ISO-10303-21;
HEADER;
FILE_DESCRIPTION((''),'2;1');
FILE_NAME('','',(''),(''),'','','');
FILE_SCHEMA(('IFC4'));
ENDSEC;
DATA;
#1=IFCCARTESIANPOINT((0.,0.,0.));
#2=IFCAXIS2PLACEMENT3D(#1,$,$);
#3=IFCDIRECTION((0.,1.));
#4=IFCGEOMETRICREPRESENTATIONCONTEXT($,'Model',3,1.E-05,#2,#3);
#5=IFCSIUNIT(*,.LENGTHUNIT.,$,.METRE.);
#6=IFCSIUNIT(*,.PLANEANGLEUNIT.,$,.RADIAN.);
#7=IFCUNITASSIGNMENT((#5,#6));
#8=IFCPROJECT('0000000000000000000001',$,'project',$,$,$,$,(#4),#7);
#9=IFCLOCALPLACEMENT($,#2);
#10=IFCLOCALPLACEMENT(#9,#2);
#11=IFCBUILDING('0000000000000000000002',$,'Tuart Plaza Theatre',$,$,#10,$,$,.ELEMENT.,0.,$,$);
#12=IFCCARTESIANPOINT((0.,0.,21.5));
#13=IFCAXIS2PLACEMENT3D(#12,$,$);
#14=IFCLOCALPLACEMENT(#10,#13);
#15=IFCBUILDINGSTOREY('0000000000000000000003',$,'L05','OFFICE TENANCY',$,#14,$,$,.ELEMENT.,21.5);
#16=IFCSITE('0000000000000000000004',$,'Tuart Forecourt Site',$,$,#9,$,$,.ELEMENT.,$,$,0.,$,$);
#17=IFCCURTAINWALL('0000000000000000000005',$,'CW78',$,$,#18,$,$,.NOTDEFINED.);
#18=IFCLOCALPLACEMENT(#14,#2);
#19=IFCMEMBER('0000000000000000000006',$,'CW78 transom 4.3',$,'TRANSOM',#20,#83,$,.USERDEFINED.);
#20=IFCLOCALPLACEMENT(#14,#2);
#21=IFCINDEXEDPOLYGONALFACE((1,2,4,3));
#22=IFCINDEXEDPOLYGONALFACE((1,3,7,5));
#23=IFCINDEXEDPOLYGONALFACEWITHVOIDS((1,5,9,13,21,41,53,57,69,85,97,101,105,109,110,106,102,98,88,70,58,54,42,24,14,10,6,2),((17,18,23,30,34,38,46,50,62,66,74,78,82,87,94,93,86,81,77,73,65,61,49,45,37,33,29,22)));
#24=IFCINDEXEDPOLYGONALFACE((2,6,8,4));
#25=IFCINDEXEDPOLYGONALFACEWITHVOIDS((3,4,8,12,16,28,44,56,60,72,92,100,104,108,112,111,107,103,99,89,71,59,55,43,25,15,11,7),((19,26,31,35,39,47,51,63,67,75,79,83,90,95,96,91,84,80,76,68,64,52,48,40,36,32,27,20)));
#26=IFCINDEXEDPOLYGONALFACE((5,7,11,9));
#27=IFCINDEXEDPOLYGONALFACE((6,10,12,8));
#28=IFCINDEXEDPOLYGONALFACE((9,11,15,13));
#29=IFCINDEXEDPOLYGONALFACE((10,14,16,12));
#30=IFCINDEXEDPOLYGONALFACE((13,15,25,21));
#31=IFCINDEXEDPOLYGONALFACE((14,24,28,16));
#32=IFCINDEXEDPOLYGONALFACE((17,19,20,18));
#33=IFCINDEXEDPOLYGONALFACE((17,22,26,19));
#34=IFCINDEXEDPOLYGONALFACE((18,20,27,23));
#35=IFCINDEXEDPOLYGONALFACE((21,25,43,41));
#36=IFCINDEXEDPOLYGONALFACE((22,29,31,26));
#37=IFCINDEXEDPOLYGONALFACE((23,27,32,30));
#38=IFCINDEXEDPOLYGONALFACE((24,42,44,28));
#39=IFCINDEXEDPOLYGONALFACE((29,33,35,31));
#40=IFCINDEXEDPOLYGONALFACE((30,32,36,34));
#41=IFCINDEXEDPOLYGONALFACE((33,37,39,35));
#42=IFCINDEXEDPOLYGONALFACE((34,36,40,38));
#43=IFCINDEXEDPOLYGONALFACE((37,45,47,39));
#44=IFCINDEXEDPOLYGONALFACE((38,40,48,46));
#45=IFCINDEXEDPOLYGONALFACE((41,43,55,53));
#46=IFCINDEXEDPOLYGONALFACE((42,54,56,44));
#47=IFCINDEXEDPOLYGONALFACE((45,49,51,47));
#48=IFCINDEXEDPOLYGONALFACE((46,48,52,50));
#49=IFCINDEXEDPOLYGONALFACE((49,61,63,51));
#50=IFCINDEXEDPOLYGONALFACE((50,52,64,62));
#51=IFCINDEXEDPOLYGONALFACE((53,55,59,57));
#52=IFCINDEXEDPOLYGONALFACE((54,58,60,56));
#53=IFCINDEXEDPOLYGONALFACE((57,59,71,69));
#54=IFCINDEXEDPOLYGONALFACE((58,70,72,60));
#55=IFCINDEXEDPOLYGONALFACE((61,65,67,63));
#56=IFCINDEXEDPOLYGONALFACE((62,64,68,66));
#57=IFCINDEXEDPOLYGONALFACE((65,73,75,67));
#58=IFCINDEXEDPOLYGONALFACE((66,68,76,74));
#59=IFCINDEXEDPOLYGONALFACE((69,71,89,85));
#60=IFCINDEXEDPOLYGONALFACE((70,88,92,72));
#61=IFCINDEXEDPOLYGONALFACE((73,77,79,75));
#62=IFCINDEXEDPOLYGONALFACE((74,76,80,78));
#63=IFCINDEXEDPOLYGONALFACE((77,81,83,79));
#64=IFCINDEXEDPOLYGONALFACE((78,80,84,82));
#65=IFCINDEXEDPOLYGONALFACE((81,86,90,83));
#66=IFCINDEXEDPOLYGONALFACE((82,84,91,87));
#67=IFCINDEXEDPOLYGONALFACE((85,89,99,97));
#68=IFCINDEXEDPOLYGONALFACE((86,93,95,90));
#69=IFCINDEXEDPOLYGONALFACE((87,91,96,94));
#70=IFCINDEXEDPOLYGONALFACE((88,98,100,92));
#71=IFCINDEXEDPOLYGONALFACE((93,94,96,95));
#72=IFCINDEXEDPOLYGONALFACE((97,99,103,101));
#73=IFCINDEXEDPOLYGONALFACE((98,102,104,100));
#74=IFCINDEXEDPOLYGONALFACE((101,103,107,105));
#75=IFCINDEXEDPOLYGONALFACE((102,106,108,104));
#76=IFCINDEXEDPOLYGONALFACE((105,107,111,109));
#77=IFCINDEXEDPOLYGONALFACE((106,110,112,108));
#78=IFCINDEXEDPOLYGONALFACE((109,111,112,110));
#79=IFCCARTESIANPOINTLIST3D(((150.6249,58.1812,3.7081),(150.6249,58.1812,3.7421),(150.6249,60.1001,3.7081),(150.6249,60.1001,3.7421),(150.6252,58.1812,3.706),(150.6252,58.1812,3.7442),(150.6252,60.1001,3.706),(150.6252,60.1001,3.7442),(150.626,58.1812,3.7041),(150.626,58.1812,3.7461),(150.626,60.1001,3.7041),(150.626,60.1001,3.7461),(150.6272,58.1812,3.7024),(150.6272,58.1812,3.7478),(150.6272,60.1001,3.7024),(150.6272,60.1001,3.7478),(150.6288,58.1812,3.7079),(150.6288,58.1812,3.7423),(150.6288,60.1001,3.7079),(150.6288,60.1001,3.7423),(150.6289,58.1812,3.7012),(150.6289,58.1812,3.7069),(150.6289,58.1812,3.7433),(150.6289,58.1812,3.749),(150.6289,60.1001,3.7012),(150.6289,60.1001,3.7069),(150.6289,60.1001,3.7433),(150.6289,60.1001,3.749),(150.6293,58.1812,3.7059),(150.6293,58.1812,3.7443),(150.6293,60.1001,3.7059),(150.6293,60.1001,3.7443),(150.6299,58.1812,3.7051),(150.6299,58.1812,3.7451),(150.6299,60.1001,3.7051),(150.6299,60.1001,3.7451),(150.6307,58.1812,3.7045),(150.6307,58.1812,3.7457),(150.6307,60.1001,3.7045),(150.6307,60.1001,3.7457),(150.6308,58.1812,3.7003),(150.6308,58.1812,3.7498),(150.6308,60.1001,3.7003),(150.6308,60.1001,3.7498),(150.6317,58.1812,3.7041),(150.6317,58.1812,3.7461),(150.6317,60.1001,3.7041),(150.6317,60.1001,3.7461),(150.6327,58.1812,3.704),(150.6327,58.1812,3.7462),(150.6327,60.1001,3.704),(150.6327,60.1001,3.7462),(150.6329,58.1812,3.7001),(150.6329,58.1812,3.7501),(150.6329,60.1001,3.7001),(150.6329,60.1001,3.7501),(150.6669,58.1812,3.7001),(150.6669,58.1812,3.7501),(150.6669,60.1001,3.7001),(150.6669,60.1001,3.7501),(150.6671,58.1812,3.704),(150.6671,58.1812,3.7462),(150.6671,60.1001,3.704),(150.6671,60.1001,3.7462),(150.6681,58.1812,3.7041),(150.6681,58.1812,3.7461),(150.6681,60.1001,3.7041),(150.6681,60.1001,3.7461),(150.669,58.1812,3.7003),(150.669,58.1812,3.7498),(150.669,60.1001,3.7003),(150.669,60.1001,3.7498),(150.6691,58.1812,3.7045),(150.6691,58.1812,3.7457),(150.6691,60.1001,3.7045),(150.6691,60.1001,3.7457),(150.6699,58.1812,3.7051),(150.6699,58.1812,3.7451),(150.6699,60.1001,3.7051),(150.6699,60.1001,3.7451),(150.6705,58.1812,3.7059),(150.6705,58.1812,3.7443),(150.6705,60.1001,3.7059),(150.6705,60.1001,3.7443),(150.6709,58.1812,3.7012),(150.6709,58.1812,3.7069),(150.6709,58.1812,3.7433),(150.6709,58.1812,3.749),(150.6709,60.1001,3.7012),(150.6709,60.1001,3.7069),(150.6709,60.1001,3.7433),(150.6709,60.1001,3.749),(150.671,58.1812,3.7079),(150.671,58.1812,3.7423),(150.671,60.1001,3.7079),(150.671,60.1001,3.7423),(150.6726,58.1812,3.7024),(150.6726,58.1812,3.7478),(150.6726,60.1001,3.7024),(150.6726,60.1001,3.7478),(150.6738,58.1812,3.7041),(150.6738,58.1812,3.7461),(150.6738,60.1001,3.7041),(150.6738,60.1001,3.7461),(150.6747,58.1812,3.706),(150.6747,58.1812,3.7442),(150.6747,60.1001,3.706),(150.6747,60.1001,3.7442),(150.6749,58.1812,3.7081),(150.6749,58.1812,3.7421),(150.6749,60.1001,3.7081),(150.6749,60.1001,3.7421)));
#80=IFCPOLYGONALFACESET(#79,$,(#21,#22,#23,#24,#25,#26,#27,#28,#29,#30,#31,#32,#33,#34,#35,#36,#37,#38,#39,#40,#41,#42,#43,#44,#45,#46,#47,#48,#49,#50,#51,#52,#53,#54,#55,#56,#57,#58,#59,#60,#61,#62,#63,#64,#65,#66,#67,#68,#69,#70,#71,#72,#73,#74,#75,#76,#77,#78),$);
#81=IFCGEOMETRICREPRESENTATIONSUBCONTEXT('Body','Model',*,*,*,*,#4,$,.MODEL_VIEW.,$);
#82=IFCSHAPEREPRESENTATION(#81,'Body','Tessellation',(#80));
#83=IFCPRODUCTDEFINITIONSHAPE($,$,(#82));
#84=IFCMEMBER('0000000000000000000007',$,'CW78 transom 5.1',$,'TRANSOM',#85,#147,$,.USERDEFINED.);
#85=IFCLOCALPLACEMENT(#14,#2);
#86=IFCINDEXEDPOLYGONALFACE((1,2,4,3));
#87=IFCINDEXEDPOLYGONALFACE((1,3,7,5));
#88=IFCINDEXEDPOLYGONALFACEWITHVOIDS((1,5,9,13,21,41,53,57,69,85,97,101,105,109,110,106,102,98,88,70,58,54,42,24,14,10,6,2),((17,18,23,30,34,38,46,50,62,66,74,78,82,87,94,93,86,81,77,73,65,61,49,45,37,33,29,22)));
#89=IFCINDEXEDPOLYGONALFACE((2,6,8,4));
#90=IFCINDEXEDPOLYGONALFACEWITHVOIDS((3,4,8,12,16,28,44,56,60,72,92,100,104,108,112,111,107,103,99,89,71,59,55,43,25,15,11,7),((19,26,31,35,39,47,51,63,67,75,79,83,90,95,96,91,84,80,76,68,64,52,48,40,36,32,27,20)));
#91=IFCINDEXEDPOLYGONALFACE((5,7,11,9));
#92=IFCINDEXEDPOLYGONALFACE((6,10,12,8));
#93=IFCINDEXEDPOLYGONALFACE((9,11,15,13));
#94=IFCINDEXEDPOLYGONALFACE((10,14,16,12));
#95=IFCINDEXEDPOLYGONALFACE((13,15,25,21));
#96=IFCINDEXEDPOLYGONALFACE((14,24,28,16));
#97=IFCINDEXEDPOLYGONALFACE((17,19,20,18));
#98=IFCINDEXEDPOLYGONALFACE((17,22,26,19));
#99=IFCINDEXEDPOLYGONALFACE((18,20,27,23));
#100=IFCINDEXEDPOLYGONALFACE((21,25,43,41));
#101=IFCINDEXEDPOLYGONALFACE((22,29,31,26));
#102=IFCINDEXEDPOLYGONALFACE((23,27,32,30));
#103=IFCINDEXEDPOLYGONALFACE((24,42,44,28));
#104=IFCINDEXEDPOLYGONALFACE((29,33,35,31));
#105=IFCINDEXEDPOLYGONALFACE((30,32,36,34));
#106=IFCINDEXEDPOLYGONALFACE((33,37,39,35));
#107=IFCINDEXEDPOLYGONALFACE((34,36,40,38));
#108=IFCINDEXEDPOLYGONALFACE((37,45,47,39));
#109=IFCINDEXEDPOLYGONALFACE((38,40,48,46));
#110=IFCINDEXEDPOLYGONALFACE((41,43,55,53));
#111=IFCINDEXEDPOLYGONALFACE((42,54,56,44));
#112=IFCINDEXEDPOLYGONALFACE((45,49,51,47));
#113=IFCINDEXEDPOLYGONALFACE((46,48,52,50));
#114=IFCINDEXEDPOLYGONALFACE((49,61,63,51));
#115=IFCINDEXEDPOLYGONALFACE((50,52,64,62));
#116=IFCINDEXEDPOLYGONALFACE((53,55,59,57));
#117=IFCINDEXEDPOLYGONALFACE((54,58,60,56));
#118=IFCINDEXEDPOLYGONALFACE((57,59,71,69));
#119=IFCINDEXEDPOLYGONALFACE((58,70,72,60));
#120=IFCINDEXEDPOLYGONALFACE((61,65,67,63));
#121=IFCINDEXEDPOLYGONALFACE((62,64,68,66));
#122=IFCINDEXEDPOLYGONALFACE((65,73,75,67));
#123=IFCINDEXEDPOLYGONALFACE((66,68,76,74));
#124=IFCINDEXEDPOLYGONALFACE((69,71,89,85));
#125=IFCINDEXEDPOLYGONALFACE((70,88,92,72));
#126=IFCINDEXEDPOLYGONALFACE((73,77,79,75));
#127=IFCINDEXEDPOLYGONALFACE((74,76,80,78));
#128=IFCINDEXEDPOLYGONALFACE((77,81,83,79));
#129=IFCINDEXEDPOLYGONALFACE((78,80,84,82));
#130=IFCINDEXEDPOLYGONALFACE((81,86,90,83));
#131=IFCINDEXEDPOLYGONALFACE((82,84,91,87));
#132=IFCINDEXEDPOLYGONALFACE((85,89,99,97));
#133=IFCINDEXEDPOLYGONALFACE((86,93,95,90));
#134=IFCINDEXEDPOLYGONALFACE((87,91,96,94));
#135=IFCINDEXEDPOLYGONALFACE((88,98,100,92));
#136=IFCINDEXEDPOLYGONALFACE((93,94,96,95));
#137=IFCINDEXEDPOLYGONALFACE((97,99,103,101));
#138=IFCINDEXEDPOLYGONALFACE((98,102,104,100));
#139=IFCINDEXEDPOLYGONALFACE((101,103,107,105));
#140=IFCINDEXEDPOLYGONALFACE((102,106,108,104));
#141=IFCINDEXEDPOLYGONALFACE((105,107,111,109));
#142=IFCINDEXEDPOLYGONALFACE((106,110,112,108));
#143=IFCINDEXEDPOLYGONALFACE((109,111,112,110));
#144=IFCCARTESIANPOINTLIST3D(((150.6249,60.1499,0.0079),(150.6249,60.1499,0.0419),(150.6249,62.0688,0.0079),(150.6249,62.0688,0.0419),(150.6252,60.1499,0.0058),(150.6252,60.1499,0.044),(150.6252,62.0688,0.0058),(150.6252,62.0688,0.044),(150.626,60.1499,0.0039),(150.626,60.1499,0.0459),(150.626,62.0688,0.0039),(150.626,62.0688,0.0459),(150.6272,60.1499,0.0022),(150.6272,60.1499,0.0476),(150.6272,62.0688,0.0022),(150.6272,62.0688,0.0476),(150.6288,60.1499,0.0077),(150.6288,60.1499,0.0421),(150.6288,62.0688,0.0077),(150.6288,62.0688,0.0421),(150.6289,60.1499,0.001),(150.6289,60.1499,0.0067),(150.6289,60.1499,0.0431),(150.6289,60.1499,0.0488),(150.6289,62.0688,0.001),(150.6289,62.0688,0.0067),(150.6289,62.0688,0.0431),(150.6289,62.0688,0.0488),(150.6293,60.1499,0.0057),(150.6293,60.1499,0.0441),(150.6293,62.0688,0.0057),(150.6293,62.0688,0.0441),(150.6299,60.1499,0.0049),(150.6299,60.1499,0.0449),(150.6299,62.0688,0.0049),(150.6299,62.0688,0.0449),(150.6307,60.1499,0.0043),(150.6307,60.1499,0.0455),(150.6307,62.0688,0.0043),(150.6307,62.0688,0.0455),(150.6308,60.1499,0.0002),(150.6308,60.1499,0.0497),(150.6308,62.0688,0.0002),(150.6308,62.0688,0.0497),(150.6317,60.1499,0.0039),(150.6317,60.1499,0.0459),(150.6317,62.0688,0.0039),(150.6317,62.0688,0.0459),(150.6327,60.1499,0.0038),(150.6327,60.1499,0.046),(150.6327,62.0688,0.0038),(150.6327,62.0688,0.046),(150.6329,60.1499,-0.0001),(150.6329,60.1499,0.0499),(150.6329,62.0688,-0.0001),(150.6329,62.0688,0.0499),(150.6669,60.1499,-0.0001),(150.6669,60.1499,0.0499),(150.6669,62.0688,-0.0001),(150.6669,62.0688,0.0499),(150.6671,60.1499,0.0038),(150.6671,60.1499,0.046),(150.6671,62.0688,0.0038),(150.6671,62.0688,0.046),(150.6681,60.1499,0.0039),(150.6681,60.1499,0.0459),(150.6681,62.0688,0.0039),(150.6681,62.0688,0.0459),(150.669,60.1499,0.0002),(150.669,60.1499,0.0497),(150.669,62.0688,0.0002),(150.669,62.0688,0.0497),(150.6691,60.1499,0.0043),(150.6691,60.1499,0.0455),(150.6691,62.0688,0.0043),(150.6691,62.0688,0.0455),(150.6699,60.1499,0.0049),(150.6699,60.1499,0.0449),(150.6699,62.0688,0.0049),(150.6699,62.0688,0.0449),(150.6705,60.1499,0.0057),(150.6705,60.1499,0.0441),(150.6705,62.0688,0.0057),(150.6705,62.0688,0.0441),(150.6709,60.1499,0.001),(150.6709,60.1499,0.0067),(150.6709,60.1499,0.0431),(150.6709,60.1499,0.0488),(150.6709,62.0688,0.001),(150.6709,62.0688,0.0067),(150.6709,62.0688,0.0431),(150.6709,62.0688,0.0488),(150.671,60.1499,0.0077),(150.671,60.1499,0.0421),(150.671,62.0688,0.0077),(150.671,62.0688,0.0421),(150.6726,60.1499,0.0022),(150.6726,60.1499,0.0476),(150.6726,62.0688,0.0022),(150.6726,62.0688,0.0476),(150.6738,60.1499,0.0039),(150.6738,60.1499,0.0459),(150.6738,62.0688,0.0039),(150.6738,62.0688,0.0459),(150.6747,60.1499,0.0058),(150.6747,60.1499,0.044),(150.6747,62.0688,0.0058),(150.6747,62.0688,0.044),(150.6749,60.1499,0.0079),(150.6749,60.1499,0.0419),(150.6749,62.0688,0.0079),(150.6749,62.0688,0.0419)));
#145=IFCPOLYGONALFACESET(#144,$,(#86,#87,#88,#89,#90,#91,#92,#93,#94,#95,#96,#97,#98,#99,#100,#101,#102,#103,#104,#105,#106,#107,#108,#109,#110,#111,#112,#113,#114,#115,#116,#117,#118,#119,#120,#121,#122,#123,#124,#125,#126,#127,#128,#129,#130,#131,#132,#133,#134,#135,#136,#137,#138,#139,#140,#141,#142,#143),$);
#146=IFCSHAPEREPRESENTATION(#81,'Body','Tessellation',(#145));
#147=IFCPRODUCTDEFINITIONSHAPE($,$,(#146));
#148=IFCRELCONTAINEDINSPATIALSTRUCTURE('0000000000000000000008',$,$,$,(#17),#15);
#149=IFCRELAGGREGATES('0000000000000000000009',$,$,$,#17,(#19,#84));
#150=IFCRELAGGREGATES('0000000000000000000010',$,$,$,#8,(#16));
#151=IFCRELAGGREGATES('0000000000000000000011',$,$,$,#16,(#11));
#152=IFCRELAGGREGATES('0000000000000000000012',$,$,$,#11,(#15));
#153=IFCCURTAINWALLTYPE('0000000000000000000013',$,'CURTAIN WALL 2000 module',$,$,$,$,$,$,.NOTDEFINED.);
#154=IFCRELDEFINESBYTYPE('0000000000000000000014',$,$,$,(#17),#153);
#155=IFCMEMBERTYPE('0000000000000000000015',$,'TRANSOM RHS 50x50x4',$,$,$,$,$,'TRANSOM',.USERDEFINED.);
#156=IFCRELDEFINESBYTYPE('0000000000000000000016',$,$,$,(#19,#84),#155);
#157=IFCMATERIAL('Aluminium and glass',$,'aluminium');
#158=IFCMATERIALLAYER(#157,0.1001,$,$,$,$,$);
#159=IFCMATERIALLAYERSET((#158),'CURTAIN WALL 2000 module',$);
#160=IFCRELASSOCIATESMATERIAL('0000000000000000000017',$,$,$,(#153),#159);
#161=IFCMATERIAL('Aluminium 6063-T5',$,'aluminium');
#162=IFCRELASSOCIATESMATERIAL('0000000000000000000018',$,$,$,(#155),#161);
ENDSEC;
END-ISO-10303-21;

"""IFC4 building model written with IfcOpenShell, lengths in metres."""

from ifc_helpers import new_model, si_unit, direction, frame, origin, origin_2d, place, context, subcontext, project, spatial, hollow_rectangle, extrude, material, layer, layer_set, material_profile, profile_set, type_object, element, aggregate, save


model = new_model("IFC4")

# Units and contexts
model_context = context("Model", 3, precision=1e-05, world=origin(), true_north=direction((0.0, 1.0)))
body_context = subcontext(model_context, "Body", "Model", "MODEL_VIEW")
ifc_project = project(units=[si_unit("LENGTHUNIT", "METRE"), si_unit("PLANEANGLEUNIT", "RADIAN")], contexts=[model_context])

# Site, building, storey
site_placement = place(None, origin())
site = spatial("IfcSite", under=ifc_project, at=site_placement, Name="Tuart Forecourt Site", CompositionType="ELEMENT", RefElevation=0.0)
building_placement = place(site_placement, origin())
building = spatial("IfcBuilding", under=site, at=building_placement, Name="Tuart Plaza Theatre", CompositionType="ELEMENT", ElevationOfRefHeight=0.0)
storey_placement = place(building_placement, frame((0.0, 0.0, 21.5)))
storey = spatial("IfcBuildingStorey", under=building, at=storey_placement, Name="L05", Description="OFFICE TENANCY", CompositionType="ELEMENT", Elevation=21.5)

# Curtain wall, members
ifc_material_1 = material(Name="Aluminium and glass", Category="aluminium")
ifc_layer_1 = layer(ifc_material_1, 0.1001)
ifc_layer_set_1 = layer_set([ifc_layer_1], Name="CURTAIN WALL 2000 module")
curtain_wall_type = type_object("IfcCurtainWallType", Name="CURTAIN WALL 2000 module", PredefinedType="NOTDEFINED", material=ifc_layer_set_1)
curtain_wall_placement = place(storey_placement, origin())
curtain_wall = element("IfcCurtainWall", 1, at=curtain_wall_placement, inside=storey, type_object=curtain_wall_type, Name="CW78", PredefinedType="NOTDEFINED")
ifc_material_2 = material(Name="Aluminium 6063-T5", Category="aluminium")
ifc_material_profile_1 = material_profile(ifc_material_2, hollow_rectangle(XDim=0.05, YDim=0.05, WallThickness=0.0039, InnerFilletRadius=0.0039, OuterFilletRadius=0.0081, at=origin_2d()), Name="RHS 50x50x4")
ifc_profile_set_1 = profile_set([ifc_material_profile_1], Name="Aluminium 6063-T5")
member_type_1 = type_object("IfcMemberType", Name="TRANSOM RHS 50x50x4", ElementType="TRANSOM", PredefinedType="USERDEFINED", material=ifc_profile_set_1)
member_1_placement = place(storey_placement, frame((150.6499, 58.1812, 3.7251), z_axis=(0.0, 1.0, 0.0), x_axis=(-1.0, 0.0, 0.0)))
member_1 = element("IfcMember", 2, at=member_1_placement, type_object=member_type_1, Name="CW78 transom 4.3", ObjectType="TRANSOM", PredefinedType="USERDEFINED", context=body_context, shape_type="SweptSolid", body=[
    extrude(hollow_rectangle(XDim=0.05, YDim=0.05, WallThickness=0.0039, InnerFilletRadius=0.0039, OuterFilletRadius=0.0081, at=origin_2d()), origin(), (0.0, 0.0, 1.0), 1.9189),
])
member_2_placement = place(storey_placement, frame((150.6499, 60.1499, 0.0249), z_axis=(0.0, 1.0, 0.0), x_axis=(-1.0, 0.0, 0.0)))
member_2 = element("IfcMember", 3, at=member_2_placement, type_object=member_type_1, Name="CW78 transom 5.1", ObjectType="TRANSOM", PredefinedType="USERDEFINED", context=body_context, shape_type="SweptSolid", body=[
    extrude(hollow_rectangle(XDim=0.05, YDim=0.05, WallThickness=0.0039, InnerFilletRadius=0.0039, OuterFilletRadius=0.0081, at=origin_2d()), origin(), (0.0, 0.0, 1.0), 1.9189),
])
aggregate(curtain_wall, [member_1, member_2])

save(model, "model.ifc")
